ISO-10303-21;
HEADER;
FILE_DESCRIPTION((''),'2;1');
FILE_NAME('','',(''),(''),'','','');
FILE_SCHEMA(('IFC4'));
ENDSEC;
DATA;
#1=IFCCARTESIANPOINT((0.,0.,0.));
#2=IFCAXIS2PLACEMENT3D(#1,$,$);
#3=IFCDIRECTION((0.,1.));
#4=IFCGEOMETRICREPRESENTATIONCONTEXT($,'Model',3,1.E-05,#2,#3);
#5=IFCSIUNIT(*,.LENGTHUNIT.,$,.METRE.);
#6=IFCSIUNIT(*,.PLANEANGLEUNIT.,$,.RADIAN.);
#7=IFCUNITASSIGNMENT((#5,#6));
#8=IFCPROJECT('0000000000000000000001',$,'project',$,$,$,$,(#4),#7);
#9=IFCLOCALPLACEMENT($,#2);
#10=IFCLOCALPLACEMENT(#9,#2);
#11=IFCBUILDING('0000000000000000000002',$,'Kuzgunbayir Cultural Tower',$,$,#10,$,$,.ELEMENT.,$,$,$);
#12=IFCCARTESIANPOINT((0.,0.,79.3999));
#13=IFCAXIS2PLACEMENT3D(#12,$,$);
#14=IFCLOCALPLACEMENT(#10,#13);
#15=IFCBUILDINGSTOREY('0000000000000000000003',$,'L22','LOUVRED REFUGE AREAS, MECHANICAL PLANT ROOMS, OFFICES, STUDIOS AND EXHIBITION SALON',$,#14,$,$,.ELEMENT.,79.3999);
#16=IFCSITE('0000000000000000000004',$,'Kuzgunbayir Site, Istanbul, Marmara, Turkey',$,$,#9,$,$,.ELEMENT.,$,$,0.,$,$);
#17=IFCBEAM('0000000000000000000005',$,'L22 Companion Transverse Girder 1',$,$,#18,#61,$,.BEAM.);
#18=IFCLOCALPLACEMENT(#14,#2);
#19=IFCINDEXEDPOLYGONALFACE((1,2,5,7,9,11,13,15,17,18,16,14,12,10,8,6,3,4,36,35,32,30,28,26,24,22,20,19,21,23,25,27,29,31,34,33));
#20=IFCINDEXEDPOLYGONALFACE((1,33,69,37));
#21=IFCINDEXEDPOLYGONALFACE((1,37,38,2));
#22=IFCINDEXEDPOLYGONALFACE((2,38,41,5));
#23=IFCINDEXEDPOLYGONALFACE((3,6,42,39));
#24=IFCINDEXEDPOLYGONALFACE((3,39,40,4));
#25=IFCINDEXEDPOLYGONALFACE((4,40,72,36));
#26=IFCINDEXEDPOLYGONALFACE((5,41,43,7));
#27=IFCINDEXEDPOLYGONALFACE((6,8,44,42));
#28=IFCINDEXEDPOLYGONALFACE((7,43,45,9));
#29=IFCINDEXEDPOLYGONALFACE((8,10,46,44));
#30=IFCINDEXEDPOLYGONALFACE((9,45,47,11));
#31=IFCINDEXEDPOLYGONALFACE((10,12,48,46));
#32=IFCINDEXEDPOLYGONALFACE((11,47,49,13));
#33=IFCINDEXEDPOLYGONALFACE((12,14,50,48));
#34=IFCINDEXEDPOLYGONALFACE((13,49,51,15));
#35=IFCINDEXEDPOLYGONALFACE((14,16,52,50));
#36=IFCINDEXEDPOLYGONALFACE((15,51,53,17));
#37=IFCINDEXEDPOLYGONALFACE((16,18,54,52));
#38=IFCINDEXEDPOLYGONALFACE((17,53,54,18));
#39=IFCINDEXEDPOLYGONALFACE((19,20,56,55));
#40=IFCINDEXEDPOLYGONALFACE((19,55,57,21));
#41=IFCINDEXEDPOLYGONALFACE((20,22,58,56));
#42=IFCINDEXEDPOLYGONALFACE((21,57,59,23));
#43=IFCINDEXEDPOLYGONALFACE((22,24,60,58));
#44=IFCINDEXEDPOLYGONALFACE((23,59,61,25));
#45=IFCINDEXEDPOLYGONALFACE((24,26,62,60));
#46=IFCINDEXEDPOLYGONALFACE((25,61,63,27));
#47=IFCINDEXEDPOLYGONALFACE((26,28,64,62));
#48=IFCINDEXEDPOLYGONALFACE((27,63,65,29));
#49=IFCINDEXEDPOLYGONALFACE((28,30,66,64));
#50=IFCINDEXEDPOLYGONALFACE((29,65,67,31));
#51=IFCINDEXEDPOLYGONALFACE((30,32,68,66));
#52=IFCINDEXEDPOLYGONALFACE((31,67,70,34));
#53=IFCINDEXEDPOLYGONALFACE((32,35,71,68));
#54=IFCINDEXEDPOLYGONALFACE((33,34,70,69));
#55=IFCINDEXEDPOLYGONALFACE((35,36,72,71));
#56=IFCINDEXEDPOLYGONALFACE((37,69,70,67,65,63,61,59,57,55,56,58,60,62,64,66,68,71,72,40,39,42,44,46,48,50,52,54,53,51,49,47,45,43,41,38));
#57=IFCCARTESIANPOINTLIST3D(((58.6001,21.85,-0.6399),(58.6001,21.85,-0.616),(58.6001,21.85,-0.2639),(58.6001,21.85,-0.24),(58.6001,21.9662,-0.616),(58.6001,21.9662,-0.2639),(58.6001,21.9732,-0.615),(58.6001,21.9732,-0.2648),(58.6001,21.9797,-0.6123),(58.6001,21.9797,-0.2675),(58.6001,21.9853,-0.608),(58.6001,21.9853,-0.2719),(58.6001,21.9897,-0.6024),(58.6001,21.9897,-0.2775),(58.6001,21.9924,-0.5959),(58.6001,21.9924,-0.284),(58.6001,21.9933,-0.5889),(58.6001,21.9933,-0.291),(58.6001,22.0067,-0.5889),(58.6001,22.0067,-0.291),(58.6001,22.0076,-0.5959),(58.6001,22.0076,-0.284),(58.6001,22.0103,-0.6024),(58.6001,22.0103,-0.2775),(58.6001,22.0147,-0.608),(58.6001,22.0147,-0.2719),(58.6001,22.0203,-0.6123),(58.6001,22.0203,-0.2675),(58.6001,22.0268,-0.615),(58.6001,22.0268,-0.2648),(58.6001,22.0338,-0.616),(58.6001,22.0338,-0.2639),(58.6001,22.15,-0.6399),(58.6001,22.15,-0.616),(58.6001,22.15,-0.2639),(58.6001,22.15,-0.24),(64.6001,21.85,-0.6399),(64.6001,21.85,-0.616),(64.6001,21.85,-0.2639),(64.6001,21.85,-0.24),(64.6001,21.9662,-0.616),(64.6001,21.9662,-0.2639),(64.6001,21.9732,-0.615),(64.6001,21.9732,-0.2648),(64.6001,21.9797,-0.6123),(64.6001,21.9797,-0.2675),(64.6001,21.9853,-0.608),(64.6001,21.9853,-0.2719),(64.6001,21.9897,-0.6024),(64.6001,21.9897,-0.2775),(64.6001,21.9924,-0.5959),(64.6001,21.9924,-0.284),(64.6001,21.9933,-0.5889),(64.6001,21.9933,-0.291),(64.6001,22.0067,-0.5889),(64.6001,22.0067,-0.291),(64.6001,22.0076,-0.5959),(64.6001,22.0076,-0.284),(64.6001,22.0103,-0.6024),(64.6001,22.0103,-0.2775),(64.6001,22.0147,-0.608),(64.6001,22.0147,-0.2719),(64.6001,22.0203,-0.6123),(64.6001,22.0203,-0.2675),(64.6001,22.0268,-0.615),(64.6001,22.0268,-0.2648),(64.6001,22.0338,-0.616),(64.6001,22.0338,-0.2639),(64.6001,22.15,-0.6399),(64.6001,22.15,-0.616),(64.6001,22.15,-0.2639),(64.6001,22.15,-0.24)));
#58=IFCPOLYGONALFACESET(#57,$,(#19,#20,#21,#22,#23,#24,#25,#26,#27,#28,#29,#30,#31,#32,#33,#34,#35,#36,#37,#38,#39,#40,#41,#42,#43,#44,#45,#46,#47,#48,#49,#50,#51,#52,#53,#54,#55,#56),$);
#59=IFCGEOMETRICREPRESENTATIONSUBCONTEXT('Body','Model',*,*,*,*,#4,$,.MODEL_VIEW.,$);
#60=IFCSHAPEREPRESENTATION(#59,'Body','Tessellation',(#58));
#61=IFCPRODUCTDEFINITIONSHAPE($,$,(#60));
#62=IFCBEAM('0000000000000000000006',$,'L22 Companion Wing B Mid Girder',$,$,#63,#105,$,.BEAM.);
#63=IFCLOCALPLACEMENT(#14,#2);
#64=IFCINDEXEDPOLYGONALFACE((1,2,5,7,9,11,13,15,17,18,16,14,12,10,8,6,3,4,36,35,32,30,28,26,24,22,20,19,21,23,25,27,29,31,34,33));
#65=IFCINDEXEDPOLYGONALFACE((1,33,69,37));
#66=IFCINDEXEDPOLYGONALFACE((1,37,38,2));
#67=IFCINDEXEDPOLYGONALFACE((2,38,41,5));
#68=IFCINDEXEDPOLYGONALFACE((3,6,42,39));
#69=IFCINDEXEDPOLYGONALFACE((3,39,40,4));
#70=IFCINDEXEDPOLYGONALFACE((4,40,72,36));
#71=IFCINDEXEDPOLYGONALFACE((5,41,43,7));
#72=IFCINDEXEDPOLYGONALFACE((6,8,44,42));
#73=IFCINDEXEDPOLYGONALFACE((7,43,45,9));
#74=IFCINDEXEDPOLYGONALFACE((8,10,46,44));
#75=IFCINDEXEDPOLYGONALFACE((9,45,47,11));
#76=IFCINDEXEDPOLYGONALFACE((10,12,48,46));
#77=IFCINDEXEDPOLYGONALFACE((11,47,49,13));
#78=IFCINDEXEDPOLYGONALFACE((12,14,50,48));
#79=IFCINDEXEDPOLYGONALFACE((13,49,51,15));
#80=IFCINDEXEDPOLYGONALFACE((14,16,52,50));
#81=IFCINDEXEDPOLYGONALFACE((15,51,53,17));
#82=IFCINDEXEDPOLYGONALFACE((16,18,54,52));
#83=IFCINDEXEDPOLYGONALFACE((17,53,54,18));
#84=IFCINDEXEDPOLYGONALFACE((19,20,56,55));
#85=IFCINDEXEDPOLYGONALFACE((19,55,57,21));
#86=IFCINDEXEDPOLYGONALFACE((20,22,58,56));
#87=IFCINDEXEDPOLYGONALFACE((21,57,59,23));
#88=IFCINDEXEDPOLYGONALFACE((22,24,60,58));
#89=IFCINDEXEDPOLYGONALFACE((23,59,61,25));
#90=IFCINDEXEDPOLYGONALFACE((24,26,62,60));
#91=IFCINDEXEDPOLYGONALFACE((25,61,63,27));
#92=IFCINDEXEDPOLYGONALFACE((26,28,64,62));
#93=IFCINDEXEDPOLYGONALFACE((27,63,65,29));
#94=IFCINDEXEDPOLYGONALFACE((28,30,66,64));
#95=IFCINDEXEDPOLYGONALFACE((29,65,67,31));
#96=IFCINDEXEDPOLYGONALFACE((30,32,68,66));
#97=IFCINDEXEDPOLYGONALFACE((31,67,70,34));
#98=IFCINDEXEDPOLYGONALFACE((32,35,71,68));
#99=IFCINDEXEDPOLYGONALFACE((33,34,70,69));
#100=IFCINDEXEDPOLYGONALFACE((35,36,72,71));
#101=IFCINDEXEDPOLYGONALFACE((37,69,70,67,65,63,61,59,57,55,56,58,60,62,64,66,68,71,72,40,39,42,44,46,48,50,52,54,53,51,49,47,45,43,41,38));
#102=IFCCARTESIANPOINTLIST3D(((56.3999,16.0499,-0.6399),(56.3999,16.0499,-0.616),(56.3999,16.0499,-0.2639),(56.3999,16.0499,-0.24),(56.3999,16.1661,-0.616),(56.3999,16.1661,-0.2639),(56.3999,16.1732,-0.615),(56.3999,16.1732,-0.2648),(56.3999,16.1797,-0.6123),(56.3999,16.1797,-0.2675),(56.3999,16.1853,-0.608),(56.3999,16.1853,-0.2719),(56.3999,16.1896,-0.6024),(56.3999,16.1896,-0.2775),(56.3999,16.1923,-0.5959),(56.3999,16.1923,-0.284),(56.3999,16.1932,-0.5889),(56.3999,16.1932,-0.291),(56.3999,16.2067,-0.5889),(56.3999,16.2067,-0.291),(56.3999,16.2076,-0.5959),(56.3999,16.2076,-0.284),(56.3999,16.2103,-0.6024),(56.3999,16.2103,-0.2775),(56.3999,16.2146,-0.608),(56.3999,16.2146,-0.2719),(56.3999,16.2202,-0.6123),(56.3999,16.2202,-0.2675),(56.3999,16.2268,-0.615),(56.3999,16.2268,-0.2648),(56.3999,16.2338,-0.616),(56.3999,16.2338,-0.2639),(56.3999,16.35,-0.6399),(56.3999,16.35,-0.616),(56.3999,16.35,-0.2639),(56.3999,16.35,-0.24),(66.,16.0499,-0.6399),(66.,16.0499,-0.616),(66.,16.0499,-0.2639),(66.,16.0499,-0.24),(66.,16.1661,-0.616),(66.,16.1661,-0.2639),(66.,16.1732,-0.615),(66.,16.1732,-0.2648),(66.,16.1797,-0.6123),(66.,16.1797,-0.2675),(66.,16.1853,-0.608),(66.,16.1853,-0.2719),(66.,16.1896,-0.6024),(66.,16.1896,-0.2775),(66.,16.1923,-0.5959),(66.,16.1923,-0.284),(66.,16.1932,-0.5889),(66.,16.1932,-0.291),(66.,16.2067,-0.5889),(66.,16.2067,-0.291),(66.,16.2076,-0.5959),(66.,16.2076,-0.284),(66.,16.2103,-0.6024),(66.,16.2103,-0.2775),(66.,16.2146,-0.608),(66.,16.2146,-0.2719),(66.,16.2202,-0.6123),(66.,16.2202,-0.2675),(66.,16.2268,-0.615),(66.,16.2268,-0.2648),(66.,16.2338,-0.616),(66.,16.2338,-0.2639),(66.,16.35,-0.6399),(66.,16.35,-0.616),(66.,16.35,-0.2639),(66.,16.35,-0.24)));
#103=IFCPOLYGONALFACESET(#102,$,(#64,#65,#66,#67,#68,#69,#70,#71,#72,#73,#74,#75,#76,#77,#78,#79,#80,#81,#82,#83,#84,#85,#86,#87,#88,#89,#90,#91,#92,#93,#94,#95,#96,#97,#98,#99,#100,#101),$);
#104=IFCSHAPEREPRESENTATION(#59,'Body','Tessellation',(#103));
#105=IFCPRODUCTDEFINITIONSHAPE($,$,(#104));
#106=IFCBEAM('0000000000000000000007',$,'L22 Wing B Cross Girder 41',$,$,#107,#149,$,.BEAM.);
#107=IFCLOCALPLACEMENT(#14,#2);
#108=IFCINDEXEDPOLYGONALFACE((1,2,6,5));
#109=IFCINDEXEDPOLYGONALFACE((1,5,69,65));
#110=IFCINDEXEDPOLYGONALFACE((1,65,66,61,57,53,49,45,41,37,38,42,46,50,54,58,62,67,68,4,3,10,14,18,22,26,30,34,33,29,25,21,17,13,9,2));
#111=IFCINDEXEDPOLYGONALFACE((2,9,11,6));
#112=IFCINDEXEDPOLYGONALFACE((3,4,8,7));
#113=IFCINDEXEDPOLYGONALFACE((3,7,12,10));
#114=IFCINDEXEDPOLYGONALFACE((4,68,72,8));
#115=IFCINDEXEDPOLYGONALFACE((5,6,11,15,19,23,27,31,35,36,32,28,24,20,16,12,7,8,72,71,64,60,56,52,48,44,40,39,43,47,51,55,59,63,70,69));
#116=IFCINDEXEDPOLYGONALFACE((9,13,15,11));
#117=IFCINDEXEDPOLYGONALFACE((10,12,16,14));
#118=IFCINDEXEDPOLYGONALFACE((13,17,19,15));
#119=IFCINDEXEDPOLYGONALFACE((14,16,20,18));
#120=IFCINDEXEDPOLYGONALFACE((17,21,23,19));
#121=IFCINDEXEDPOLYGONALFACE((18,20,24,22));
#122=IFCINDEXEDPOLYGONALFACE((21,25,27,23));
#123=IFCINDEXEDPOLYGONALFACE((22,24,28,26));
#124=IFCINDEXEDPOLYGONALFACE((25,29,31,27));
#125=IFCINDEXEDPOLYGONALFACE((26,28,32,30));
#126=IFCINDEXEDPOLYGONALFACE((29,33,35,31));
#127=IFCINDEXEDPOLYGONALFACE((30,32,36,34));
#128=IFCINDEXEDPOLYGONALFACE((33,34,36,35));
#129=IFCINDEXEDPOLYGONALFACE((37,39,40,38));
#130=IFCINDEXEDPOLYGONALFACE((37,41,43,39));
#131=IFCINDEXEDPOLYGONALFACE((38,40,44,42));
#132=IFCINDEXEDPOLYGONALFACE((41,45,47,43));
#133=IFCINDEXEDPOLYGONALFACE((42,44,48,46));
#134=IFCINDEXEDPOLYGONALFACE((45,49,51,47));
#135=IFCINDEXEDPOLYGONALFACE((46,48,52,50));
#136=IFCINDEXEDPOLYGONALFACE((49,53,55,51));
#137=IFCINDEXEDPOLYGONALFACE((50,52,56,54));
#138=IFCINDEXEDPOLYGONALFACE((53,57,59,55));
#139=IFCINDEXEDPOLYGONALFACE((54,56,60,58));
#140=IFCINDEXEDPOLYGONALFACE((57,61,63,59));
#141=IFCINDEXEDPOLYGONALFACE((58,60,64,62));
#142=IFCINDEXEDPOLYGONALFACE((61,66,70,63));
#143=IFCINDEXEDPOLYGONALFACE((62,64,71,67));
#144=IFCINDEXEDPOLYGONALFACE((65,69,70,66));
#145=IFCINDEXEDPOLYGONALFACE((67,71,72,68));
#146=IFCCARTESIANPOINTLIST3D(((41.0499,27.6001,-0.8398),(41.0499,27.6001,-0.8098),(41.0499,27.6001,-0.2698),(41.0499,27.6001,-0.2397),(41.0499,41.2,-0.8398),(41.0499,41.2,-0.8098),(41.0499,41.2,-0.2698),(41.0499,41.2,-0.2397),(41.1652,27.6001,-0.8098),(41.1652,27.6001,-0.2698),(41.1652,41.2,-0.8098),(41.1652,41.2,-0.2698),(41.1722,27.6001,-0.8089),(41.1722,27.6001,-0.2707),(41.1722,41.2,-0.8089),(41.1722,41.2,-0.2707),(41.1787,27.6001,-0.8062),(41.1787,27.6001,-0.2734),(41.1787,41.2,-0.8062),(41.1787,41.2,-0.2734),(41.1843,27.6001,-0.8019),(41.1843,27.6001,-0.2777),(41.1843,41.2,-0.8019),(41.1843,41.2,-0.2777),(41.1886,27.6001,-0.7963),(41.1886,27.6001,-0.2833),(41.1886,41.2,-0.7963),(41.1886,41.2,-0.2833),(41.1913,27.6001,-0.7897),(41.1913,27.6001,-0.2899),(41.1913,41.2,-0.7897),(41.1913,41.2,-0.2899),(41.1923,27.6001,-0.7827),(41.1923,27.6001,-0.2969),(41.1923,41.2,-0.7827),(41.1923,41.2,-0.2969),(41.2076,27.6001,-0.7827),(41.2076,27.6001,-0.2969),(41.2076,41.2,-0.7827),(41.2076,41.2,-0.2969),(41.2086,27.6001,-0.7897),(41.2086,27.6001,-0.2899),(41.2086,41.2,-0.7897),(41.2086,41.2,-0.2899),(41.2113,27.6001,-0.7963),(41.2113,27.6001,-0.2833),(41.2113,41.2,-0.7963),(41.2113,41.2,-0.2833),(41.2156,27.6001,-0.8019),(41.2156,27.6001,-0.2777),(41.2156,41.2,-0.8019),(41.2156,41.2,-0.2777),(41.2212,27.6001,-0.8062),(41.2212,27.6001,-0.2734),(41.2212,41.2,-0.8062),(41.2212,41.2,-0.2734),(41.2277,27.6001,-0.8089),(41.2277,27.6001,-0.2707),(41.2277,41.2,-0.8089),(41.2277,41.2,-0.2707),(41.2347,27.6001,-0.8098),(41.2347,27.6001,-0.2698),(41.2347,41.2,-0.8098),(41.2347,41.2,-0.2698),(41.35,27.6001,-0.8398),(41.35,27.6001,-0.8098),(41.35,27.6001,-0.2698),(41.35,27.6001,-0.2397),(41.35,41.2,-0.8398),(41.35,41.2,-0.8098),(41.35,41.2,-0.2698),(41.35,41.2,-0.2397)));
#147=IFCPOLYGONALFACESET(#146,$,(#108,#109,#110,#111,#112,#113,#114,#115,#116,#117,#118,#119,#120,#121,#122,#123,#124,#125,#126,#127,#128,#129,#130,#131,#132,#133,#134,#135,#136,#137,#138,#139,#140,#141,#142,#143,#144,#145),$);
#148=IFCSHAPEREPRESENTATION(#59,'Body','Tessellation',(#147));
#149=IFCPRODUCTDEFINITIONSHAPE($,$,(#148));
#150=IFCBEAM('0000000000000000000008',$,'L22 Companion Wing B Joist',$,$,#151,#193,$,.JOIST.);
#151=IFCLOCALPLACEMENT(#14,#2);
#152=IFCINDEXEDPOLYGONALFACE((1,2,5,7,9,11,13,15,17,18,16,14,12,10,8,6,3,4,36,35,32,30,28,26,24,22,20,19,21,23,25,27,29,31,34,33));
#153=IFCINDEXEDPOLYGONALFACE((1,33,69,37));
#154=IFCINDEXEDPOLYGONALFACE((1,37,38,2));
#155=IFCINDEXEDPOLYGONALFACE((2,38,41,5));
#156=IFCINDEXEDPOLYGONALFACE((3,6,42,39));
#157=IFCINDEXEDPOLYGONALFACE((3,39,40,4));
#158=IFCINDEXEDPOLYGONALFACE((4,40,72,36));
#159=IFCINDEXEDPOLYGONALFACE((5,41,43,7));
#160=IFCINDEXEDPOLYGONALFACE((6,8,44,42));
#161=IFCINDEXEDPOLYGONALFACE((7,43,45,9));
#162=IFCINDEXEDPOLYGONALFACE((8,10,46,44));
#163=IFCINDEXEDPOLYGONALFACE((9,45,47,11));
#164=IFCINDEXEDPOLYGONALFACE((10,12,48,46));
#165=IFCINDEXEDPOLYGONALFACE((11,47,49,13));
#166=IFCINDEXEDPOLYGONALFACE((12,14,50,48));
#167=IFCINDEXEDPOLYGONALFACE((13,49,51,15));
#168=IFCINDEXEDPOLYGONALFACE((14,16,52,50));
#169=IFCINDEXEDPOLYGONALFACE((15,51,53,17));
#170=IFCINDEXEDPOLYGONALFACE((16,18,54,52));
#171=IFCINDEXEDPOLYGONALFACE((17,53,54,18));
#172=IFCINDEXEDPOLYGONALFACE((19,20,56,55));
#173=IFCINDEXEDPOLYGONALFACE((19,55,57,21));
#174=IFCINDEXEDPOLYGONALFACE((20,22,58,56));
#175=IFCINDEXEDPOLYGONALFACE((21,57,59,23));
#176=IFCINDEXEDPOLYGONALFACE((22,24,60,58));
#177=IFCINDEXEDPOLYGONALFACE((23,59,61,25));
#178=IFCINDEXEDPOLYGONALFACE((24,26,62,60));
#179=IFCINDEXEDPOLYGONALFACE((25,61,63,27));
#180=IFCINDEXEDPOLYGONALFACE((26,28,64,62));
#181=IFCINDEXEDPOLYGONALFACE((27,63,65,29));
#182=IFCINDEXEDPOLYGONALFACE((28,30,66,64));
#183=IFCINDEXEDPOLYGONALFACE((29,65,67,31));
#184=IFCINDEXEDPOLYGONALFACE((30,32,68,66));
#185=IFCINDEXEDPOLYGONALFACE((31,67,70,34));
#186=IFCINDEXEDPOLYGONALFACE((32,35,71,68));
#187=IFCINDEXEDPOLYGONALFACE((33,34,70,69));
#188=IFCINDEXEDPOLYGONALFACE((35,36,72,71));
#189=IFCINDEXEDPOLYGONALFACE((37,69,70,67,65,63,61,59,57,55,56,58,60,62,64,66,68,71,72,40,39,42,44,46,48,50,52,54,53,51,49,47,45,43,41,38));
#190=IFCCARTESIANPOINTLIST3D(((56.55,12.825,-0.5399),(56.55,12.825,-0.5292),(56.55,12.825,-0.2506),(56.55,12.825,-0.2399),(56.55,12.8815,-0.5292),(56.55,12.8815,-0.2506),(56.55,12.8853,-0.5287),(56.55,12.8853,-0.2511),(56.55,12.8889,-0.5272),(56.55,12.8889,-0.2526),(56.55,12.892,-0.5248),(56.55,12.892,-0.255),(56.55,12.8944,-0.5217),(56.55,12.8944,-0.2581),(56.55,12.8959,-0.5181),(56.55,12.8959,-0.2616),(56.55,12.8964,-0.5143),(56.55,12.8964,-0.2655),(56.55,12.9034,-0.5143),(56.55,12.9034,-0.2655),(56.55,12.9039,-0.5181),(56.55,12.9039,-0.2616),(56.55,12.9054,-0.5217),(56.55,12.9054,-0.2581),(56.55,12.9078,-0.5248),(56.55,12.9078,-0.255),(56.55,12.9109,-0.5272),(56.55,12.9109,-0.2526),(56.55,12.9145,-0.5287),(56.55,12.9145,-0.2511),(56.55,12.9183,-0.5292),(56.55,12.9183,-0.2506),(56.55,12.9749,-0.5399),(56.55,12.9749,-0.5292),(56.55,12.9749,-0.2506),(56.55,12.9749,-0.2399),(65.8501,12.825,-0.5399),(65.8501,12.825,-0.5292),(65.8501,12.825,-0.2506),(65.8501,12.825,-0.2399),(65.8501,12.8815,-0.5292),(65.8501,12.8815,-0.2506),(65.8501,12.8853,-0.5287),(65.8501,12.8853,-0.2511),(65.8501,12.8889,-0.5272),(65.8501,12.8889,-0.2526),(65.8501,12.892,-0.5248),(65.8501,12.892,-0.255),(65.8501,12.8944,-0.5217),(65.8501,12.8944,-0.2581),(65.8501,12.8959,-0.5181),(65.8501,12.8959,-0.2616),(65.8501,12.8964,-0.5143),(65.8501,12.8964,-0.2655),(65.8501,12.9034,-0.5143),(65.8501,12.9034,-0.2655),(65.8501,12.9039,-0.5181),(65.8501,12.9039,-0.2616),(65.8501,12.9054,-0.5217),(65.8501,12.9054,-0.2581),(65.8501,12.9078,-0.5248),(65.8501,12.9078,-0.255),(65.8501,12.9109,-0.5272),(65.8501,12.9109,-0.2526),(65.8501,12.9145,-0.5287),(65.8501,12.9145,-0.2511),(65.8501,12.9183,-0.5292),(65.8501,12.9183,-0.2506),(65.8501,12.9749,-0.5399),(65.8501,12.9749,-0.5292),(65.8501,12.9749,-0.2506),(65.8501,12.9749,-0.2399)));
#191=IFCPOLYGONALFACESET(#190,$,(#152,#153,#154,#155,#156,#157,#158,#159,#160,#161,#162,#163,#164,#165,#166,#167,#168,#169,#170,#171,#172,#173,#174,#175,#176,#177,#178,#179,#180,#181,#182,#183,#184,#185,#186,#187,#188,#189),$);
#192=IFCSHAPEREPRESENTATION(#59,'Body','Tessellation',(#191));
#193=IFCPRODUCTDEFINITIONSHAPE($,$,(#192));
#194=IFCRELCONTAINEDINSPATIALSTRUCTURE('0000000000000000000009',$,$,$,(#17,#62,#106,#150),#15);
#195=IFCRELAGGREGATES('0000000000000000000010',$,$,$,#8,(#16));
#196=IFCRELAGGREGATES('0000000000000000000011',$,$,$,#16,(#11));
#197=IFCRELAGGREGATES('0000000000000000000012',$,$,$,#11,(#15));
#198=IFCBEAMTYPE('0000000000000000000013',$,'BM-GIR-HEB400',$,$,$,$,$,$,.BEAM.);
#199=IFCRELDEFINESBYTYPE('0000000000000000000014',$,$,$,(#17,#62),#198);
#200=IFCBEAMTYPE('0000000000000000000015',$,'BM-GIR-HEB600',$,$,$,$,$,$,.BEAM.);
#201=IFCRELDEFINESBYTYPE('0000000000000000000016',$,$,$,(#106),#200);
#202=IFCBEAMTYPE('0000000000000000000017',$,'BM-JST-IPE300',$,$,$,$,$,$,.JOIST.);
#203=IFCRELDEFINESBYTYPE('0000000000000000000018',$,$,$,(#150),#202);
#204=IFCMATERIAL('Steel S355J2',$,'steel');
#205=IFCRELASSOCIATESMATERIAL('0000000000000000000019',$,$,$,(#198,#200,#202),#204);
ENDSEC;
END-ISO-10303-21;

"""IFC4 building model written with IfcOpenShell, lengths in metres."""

from ifc_helpers import new_model, si_unit, direction, frame, origin, origin_2d, place, context, subcontext, project, spatial, i_section, extrude, material, material_profile, profile_set, type_object, element, save


model = new_model("IFC4")

# Units and contexts
model_context = context("Model", 3, precision=1e-05, world=origin(), true_north=direction((0.0, 1.0)))
body_context = subcontext(model_context, "Body", "Model", "MODEL_VIEW")
ifc_project = project(units=[si_unit("LENGTHUNIT", "METRE"), si_unit("PLANEANGLEUNIT", "RADIAN")], contexts=[model_context])

# Site, building, storey
site_placement = place(None, origin())
site = spatial("IfcSite", under=ifc_project, at=site_placement, Name="Kuzgunbayir Site, Istanbul, Marmara, Turkey", CompositionType="ELEMENT", RefElevation=0.0)
building_placement = place(site_placement, origin())
building = spatial("IfcBuilding", under=site, at=building_placement, Name="Kuzgunbayir Cultural Tower", CompositionType="ELEMENT")
storey_placement = place(building_placement, frame((0.0, 0.0, 79.3999)))
storey = spatial("IfcBuildingStorey", under=building, at=storey_placement, Name="L22", Description="LOUVRED REFUGE AREAS, MECHANICAL PLANT ROOMS, OFFICES, STUDIOS AND EXHIBITION SALON", CompositionType="ELEMENT", Elevation=79.3999)

# Beams
ifc_material_1 = material(Name="Steel S355J2", Category="steel")
ifc_material_profile_1 = material_profile(ifc_material_1, i_section(OverallWidth=0.3, OverallDepth=0.3999, WebThickness=0.0134, FlangeThickness=0.0239, FilletRadius=0.0271, at=origin_2d()), Name="HEB 400")
ifc_profile_set_1 = profile_set([ifc_material_profile_1], Name="Steel S355J2")
beam_type_1 = type_object("IfcBeamType", Name="BM-GIR-HEB400", PredefinedType="BEAM", material=ifc_profile_set_1)
beam_1_placement = place(storey_placement, frame((58.6001, 22.0, -0.4399), z_axis=(1.0, 0.0, 0.0), x_axis=(0.0, 1.0, 0.0)))
element("IfcBeam", 1, at=beam_1_placement, inside=storey, type_object=beam_type_1, Name="L22 Companion Transverse Girder 1", PredefinedType="BEAM", context=body_context, shape_type="SweptSolid", body=[
    extrude(i_section(OverallWidth=0.3, OverallDepth=0.3999, WebThickness=0.0134, FlangeThickness=0.0239, FilletRadius=0.0271, at=origin_2d()), origin(), (0.0, 0.0, 1.0), 6.0),
])
beam_2_placement = place(storey_placement, frame((56.3999, 16.2, -0.4399), z_axis=(1.0, 0.0, 0.0), x_axis=(0.0, 1.0, 0.0)))
element("IfcBeam", 2, at=beam_2_placement, inside=storey, type_object=beam_type_1, Name="L22 Companion Wing B Mid Girder", PredefinedType="BEAM", context=body_context, shape_type="SweptSolid", body=[
    extrude(i_section(OverallWidth=0.3, OverallDepth=0.3999, WebThickness=0.0134, FlangeThickness=0.0239, FilletRadius=0.0271, at=origin_2d()), origin(), (0.0, 0.0, 1.0), 9.6001),
])
ifc_material_profile_2 = material_profile(ifc_material_1, i_section(OverallWidth=0.3, OverallDepth=0.6001, WebThickness=0.0154, FlangeThickness=0.03, FilletRadius=0.0271, at=origin_2d()), Name="HEB 600")
ifc_profile_set_2 = profile_set([ifc_material_profile_2], Name="Steel S355J2")
beam_type_2 = type_object("IfcBeamType", Name="BM-GIR-HEB600", PredefinedType="BEAM", material=ifc_profile_set_2)
beam_3_placement = place(storey_placement, frame((41.2, 27.6001, -0.5398), z_axis=(0.0, 1.0, 0.0), x_axis=(-1.0, 0.0, 0.0)))
element("IfcBeam", 3, at=beam_3_placement, inside=storey, type_object=beam_type_2, Name="L22 Wing B Cross Girder 41", PredefinedType="BEAM", context=body_context, shape_type="SweptSolid", body=[
    extrude(i_section(OverallWidth=0.3, OverallDepth=0.6001, WebThickness=0.0154, FlangeThickness=0.03, FilletRadius=0.0271, at=origin_2d()), origin(), (0.0, 0.0, 1.0), 13.5999),
])
ifc_material_profile_3 = material_profile(ifc_material_1, i_section(OverallWidth=0.1499, OverallDepth=0.3, WebThickness=0.0071, FlangeThickness=0.0107, FilletRadius=0.0149, at=origin_2d()), Name="IPE 300")
ifc_profile_set_3 = profile_set([ifc_material_profile_3], Name="Steel S355J2")
beam_type_3 = type_object("IfcBeamType", Name="BM-JST-IPE300", PredefinedType="JOIST", material=ifc_profile_set_3)
beam_4_placement = place(storey_placement, frame((56.55, 12.8999, -0.3899), z_axis=(1.0, 0.0, 0.0), x_axis=(0.0, 1.0, 0.0)))
element("IfcBeam", 4, at=beam_4_placement, inside=storey, type_object=beam_type_3, Name="L22 Companion Wing B Joist", PredefinedType="JOIST", context=body_context, shape_type="SweptSolid", body=[
    extrude(i_section(OverallWidth=0.1499, OverallDepth=0.3, WebThickness=0.0071, FlangeThickness=0.0107, FilletRadius=0.0149, at=origin_2d()), origin(), (0.0, 0.0, 1.0), 9.3),
])

save(model, "model.ifc")
